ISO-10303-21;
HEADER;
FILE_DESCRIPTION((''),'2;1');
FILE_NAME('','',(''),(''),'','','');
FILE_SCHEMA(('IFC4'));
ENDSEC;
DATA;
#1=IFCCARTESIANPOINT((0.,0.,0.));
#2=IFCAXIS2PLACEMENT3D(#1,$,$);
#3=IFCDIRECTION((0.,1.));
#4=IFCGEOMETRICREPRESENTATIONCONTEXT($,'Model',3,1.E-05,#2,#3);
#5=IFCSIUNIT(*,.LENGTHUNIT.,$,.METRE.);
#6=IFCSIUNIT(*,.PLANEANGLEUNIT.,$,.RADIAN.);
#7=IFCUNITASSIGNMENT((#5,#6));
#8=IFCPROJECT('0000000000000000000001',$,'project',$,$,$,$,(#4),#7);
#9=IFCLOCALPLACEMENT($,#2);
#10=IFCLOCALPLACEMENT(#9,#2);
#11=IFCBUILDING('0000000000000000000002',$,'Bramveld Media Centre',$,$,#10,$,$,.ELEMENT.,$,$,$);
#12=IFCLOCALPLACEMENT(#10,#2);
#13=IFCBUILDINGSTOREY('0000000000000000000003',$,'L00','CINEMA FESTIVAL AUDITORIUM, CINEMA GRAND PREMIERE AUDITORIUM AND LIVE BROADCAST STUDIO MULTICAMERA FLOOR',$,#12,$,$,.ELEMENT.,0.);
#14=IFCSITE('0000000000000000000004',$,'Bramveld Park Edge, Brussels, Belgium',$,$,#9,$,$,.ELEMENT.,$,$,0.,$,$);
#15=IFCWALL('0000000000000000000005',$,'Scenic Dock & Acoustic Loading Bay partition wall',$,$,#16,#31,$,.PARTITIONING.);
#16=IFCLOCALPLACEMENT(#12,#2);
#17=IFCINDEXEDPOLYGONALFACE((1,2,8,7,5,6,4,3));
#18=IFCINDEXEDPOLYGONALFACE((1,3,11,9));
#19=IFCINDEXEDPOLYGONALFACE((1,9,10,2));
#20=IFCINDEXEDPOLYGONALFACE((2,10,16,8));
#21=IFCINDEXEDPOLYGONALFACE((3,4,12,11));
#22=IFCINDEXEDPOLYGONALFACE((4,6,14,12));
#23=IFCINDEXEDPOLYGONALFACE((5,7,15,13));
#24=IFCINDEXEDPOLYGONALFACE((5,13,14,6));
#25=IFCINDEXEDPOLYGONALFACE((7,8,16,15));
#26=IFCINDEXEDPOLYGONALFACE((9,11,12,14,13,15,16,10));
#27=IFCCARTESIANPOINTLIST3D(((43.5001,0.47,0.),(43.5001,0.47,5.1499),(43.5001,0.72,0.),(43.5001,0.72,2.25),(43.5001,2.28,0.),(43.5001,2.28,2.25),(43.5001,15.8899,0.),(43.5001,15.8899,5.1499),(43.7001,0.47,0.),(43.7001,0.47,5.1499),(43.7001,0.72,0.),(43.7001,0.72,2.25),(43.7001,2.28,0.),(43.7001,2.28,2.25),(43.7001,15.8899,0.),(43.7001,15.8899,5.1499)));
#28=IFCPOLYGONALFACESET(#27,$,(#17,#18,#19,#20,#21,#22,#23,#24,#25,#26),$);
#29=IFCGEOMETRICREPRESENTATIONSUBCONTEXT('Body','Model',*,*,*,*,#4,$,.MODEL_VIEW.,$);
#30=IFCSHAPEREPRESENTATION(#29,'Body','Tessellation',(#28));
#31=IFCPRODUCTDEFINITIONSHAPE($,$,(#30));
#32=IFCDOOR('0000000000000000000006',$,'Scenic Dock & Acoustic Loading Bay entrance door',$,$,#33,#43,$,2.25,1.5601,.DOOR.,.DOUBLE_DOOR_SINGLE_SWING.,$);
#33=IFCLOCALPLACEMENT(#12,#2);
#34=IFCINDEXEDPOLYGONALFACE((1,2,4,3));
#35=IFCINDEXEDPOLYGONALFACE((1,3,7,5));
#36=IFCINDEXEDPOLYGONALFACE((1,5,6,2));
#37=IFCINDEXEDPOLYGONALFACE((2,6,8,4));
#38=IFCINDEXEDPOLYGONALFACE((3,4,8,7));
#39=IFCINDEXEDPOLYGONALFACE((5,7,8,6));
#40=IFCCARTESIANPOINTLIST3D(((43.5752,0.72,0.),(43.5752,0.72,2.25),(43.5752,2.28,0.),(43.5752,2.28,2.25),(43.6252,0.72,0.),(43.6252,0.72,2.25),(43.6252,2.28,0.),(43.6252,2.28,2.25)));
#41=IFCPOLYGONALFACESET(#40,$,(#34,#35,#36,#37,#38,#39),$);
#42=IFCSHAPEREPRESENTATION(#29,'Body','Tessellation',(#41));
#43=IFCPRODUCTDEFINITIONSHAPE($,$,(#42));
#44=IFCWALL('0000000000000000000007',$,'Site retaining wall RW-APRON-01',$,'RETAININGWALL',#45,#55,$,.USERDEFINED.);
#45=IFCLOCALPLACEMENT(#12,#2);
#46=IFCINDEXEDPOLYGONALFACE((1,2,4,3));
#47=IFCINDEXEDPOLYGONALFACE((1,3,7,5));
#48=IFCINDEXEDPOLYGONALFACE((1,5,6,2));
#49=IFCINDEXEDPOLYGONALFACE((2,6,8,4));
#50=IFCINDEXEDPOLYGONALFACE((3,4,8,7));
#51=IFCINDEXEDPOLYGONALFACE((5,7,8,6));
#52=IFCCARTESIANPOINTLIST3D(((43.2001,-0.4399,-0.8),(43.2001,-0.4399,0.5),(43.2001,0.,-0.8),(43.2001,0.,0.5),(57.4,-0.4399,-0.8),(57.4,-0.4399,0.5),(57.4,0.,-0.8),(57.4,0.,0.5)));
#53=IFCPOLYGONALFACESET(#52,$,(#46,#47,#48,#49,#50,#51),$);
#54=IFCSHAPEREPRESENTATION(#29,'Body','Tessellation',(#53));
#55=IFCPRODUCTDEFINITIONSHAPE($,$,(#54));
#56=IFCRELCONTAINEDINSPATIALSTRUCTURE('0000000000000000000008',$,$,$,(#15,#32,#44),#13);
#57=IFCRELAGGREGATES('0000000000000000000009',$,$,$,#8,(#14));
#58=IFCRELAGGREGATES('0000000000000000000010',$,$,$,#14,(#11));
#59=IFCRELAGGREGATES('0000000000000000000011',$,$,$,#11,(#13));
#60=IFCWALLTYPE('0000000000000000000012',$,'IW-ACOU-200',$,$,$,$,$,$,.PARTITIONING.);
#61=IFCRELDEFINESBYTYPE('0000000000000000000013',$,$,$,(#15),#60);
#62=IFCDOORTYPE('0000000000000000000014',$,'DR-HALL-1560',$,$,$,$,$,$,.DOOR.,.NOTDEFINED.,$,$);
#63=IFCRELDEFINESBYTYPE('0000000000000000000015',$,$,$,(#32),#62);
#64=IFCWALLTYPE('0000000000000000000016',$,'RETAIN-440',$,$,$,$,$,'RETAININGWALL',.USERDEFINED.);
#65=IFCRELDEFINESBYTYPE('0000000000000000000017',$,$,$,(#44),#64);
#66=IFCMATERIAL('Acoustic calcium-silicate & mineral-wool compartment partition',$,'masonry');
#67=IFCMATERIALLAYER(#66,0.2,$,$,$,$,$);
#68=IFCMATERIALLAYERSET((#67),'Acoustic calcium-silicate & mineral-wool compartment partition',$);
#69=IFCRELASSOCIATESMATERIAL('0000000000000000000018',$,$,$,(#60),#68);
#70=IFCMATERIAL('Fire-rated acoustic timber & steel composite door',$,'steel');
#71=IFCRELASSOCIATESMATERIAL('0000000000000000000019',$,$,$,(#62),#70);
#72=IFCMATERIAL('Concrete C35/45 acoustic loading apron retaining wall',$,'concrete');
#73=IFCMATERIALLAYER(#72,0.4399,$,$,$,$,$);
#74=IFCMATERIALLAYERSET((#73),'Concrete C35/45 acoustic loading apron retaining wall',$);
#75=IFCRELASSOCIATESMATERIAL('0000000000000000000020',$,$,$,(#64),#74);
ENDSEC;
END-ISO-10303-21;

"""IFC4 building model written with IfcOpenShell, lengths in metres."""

from ifc_helpers import new_model, si_unit, direction, frame, frame_2d, origin, place, context, subcontext, project, spatial, rectangle, extrude, material, layer, layer_set, type_object, element, fill, save


model = new_model("IFC4")

# Units and contexts
model_context = context("Model", 3, precision=1e-05, world=origin(), true_north=direction((0.0, 1.0)))
body_context = subcontext(model_context, "Body", "Model", "MODEL_VIEW")
ifc_project = project(units=[si_unit("LENGTHUNIT", "METRE"), si_unit("PLANEANGLEUNIT", "RADIAN")], contexts=[model_context])

# Site, building, storey
site_placement = place(None, origin())
site = spatial("IfcSite", under=ifc_project, at=site_placement, Name="Bramveld Park Edge, Brussels, Belgium", CompositionType="ELEMENT", RefElevation=0.0)
building_placement = place(site_placement, origin())
building = spatial("IfcBuilding", under=site, at=building_placement, Name="Bramveld Media Centre", CompositionType="ELEMENT")
storey_placement = place(building_placement, origin())
storey = spatial("IfcBuildingStorey", under=building, at=storey_placement, Name="L00", Description="CINEMA FESTIVAL AUDITORIUM, CINEMA GRAND PREMIERE AUDITORIUM AND LIVE BROADCAST STUDIO MULTICAMERA FLOOR", CompositionType="ELEMENT", Elevation=0.0)

# Wall, opening, door
ifc_material_1 = material(Name="Acoustic calcium-silicate & mineral-wool compartment partition", Category="masonry")
ifc_layer_1 = layer(ifc_material_1, 0.2)
ifc_layer_set_1 = layer_set([ifc_layer_1], Name="Acoustic calcium-silicate & mineral-wool compartment partition")
wall_type_1 = type_object("IfcWallType", Name="IW-ACOU-200", PredefinedType="PARTITIONING", material=ifc_layer_set_1)
wall_1_placement = place(storey_placement, frame((43.6001, 0.47, 0.0), z_axis=(0.0, 0.0, 1.0), x_axis=(0.0, 1.0, 0.0)))
wall_1 = element("IfcWall", 1, at=wall_1_placement, inside=storey, type_object=wall_type_1, Name="Scenic Dock & Acoustic Loading Bay partition wall", PredefinedType="PARTITIONING", context=body_context, shape_type="SweptSolid", body=[
    extrude(rectangle(XDim=15.4199, YDim=0.2, at=frame_2d((7.71, 0.0))), origin(), (0.0, 0.0, 1.0), 5.1499),
])
opening_placement = place(wall_1_placement, frame((0.25, 0.0, 0.0)))
opening = element("IfcOpeningElement", 2, at=opening_placement, cuts=wall_1, PredefinedType="OPENING", context=body_context, shape_type="SweptSolid", body=[
    extrude(rectangle(XDim=1.5601, YDim=2.25, at=frame_2d((0.78, 1.125))), frame((0.0, 0.1118, 0.0), z_axis=(0.0, -1.0, 0.0), x_axis=(1.0, 0.0, 0.0)), (0.0, 0.0, 1.0), 0.2239),
])
ifc_material_2 = material(Name="Fire-rated acoustic timber & steel composite door", Category="steel")
door_type = type_object("IfcDoorType", Name="DR-HALL-1560", OperationType="NOTDEFINED", PredefinedType="DOOR", material=ifc_material_2)
door_placement = place(opening_placement, origin())
door = element("IfcDoor", 3, at=door_placement, inside=storey, type_object=door_type, Name="Scenic Dock & Acoustic Loading Bay entrance door", OperationType="DOUBLE_DOOR_SINGLE_SWING", OverallHeight=2.25, OverallWidth=1.5601, PredefinedType="DOOR", context=body_context, shape_type="SweptSolid", body=[
    extrude(rectangle(XDim=1.5601, YDim=2.25, at=frame_2d((0.78, 1.125))), frame((0.0, 0.0249, 0.0), z_axis=(0.0, -1.0, 0.0), x_axis=(1.0, 0.0, 0.0)), (0.0, 0.0, 1.0), 0.05),
])
fill(opening, door)

# Wall
ifc_material_3 = material(Name="Concrete C35/45 acoustic loading apron retaining wall", Category="concrete")
ifc_layer_2 = layer(ifc_material_3, 0.4399)
ifc_layer_set_2 = layer_set([ifc_layer_2], Name="Concrete C35/45 acoustic loading apron retaining wall")
wall_type_2 = type_object("IfcWallType", Name="RETAIN-440", ElementType="RETAININGWALL", PredefinedType="USERDEFINED", material=ifc_layer_set_2)
wall_2_placement = place(storey_placement, frame((43.2, -0.22, -0.8), z_axis=(0.0, 0.0, 1.0), x_axis=(1.0, 0.0, 0.0)))
element("IfcWall", 4, at=wall_2_placement, inside=storey, type_object=wall_type_2, Name="Site retaining wall RW-APRON-01", ObjectType="RETAININGWALL", PredefinedType="USERDEFINED", context=body_context, shape_type="SweptSolid", body=[
    extrude(rectangle(XDim=14.2, YDim=0.4399, at=frame_2d((7.1001, 0.0))), origin(), (0.0, 0.0, 1.0), 1.3),
])

save(model, "model.ifc")
